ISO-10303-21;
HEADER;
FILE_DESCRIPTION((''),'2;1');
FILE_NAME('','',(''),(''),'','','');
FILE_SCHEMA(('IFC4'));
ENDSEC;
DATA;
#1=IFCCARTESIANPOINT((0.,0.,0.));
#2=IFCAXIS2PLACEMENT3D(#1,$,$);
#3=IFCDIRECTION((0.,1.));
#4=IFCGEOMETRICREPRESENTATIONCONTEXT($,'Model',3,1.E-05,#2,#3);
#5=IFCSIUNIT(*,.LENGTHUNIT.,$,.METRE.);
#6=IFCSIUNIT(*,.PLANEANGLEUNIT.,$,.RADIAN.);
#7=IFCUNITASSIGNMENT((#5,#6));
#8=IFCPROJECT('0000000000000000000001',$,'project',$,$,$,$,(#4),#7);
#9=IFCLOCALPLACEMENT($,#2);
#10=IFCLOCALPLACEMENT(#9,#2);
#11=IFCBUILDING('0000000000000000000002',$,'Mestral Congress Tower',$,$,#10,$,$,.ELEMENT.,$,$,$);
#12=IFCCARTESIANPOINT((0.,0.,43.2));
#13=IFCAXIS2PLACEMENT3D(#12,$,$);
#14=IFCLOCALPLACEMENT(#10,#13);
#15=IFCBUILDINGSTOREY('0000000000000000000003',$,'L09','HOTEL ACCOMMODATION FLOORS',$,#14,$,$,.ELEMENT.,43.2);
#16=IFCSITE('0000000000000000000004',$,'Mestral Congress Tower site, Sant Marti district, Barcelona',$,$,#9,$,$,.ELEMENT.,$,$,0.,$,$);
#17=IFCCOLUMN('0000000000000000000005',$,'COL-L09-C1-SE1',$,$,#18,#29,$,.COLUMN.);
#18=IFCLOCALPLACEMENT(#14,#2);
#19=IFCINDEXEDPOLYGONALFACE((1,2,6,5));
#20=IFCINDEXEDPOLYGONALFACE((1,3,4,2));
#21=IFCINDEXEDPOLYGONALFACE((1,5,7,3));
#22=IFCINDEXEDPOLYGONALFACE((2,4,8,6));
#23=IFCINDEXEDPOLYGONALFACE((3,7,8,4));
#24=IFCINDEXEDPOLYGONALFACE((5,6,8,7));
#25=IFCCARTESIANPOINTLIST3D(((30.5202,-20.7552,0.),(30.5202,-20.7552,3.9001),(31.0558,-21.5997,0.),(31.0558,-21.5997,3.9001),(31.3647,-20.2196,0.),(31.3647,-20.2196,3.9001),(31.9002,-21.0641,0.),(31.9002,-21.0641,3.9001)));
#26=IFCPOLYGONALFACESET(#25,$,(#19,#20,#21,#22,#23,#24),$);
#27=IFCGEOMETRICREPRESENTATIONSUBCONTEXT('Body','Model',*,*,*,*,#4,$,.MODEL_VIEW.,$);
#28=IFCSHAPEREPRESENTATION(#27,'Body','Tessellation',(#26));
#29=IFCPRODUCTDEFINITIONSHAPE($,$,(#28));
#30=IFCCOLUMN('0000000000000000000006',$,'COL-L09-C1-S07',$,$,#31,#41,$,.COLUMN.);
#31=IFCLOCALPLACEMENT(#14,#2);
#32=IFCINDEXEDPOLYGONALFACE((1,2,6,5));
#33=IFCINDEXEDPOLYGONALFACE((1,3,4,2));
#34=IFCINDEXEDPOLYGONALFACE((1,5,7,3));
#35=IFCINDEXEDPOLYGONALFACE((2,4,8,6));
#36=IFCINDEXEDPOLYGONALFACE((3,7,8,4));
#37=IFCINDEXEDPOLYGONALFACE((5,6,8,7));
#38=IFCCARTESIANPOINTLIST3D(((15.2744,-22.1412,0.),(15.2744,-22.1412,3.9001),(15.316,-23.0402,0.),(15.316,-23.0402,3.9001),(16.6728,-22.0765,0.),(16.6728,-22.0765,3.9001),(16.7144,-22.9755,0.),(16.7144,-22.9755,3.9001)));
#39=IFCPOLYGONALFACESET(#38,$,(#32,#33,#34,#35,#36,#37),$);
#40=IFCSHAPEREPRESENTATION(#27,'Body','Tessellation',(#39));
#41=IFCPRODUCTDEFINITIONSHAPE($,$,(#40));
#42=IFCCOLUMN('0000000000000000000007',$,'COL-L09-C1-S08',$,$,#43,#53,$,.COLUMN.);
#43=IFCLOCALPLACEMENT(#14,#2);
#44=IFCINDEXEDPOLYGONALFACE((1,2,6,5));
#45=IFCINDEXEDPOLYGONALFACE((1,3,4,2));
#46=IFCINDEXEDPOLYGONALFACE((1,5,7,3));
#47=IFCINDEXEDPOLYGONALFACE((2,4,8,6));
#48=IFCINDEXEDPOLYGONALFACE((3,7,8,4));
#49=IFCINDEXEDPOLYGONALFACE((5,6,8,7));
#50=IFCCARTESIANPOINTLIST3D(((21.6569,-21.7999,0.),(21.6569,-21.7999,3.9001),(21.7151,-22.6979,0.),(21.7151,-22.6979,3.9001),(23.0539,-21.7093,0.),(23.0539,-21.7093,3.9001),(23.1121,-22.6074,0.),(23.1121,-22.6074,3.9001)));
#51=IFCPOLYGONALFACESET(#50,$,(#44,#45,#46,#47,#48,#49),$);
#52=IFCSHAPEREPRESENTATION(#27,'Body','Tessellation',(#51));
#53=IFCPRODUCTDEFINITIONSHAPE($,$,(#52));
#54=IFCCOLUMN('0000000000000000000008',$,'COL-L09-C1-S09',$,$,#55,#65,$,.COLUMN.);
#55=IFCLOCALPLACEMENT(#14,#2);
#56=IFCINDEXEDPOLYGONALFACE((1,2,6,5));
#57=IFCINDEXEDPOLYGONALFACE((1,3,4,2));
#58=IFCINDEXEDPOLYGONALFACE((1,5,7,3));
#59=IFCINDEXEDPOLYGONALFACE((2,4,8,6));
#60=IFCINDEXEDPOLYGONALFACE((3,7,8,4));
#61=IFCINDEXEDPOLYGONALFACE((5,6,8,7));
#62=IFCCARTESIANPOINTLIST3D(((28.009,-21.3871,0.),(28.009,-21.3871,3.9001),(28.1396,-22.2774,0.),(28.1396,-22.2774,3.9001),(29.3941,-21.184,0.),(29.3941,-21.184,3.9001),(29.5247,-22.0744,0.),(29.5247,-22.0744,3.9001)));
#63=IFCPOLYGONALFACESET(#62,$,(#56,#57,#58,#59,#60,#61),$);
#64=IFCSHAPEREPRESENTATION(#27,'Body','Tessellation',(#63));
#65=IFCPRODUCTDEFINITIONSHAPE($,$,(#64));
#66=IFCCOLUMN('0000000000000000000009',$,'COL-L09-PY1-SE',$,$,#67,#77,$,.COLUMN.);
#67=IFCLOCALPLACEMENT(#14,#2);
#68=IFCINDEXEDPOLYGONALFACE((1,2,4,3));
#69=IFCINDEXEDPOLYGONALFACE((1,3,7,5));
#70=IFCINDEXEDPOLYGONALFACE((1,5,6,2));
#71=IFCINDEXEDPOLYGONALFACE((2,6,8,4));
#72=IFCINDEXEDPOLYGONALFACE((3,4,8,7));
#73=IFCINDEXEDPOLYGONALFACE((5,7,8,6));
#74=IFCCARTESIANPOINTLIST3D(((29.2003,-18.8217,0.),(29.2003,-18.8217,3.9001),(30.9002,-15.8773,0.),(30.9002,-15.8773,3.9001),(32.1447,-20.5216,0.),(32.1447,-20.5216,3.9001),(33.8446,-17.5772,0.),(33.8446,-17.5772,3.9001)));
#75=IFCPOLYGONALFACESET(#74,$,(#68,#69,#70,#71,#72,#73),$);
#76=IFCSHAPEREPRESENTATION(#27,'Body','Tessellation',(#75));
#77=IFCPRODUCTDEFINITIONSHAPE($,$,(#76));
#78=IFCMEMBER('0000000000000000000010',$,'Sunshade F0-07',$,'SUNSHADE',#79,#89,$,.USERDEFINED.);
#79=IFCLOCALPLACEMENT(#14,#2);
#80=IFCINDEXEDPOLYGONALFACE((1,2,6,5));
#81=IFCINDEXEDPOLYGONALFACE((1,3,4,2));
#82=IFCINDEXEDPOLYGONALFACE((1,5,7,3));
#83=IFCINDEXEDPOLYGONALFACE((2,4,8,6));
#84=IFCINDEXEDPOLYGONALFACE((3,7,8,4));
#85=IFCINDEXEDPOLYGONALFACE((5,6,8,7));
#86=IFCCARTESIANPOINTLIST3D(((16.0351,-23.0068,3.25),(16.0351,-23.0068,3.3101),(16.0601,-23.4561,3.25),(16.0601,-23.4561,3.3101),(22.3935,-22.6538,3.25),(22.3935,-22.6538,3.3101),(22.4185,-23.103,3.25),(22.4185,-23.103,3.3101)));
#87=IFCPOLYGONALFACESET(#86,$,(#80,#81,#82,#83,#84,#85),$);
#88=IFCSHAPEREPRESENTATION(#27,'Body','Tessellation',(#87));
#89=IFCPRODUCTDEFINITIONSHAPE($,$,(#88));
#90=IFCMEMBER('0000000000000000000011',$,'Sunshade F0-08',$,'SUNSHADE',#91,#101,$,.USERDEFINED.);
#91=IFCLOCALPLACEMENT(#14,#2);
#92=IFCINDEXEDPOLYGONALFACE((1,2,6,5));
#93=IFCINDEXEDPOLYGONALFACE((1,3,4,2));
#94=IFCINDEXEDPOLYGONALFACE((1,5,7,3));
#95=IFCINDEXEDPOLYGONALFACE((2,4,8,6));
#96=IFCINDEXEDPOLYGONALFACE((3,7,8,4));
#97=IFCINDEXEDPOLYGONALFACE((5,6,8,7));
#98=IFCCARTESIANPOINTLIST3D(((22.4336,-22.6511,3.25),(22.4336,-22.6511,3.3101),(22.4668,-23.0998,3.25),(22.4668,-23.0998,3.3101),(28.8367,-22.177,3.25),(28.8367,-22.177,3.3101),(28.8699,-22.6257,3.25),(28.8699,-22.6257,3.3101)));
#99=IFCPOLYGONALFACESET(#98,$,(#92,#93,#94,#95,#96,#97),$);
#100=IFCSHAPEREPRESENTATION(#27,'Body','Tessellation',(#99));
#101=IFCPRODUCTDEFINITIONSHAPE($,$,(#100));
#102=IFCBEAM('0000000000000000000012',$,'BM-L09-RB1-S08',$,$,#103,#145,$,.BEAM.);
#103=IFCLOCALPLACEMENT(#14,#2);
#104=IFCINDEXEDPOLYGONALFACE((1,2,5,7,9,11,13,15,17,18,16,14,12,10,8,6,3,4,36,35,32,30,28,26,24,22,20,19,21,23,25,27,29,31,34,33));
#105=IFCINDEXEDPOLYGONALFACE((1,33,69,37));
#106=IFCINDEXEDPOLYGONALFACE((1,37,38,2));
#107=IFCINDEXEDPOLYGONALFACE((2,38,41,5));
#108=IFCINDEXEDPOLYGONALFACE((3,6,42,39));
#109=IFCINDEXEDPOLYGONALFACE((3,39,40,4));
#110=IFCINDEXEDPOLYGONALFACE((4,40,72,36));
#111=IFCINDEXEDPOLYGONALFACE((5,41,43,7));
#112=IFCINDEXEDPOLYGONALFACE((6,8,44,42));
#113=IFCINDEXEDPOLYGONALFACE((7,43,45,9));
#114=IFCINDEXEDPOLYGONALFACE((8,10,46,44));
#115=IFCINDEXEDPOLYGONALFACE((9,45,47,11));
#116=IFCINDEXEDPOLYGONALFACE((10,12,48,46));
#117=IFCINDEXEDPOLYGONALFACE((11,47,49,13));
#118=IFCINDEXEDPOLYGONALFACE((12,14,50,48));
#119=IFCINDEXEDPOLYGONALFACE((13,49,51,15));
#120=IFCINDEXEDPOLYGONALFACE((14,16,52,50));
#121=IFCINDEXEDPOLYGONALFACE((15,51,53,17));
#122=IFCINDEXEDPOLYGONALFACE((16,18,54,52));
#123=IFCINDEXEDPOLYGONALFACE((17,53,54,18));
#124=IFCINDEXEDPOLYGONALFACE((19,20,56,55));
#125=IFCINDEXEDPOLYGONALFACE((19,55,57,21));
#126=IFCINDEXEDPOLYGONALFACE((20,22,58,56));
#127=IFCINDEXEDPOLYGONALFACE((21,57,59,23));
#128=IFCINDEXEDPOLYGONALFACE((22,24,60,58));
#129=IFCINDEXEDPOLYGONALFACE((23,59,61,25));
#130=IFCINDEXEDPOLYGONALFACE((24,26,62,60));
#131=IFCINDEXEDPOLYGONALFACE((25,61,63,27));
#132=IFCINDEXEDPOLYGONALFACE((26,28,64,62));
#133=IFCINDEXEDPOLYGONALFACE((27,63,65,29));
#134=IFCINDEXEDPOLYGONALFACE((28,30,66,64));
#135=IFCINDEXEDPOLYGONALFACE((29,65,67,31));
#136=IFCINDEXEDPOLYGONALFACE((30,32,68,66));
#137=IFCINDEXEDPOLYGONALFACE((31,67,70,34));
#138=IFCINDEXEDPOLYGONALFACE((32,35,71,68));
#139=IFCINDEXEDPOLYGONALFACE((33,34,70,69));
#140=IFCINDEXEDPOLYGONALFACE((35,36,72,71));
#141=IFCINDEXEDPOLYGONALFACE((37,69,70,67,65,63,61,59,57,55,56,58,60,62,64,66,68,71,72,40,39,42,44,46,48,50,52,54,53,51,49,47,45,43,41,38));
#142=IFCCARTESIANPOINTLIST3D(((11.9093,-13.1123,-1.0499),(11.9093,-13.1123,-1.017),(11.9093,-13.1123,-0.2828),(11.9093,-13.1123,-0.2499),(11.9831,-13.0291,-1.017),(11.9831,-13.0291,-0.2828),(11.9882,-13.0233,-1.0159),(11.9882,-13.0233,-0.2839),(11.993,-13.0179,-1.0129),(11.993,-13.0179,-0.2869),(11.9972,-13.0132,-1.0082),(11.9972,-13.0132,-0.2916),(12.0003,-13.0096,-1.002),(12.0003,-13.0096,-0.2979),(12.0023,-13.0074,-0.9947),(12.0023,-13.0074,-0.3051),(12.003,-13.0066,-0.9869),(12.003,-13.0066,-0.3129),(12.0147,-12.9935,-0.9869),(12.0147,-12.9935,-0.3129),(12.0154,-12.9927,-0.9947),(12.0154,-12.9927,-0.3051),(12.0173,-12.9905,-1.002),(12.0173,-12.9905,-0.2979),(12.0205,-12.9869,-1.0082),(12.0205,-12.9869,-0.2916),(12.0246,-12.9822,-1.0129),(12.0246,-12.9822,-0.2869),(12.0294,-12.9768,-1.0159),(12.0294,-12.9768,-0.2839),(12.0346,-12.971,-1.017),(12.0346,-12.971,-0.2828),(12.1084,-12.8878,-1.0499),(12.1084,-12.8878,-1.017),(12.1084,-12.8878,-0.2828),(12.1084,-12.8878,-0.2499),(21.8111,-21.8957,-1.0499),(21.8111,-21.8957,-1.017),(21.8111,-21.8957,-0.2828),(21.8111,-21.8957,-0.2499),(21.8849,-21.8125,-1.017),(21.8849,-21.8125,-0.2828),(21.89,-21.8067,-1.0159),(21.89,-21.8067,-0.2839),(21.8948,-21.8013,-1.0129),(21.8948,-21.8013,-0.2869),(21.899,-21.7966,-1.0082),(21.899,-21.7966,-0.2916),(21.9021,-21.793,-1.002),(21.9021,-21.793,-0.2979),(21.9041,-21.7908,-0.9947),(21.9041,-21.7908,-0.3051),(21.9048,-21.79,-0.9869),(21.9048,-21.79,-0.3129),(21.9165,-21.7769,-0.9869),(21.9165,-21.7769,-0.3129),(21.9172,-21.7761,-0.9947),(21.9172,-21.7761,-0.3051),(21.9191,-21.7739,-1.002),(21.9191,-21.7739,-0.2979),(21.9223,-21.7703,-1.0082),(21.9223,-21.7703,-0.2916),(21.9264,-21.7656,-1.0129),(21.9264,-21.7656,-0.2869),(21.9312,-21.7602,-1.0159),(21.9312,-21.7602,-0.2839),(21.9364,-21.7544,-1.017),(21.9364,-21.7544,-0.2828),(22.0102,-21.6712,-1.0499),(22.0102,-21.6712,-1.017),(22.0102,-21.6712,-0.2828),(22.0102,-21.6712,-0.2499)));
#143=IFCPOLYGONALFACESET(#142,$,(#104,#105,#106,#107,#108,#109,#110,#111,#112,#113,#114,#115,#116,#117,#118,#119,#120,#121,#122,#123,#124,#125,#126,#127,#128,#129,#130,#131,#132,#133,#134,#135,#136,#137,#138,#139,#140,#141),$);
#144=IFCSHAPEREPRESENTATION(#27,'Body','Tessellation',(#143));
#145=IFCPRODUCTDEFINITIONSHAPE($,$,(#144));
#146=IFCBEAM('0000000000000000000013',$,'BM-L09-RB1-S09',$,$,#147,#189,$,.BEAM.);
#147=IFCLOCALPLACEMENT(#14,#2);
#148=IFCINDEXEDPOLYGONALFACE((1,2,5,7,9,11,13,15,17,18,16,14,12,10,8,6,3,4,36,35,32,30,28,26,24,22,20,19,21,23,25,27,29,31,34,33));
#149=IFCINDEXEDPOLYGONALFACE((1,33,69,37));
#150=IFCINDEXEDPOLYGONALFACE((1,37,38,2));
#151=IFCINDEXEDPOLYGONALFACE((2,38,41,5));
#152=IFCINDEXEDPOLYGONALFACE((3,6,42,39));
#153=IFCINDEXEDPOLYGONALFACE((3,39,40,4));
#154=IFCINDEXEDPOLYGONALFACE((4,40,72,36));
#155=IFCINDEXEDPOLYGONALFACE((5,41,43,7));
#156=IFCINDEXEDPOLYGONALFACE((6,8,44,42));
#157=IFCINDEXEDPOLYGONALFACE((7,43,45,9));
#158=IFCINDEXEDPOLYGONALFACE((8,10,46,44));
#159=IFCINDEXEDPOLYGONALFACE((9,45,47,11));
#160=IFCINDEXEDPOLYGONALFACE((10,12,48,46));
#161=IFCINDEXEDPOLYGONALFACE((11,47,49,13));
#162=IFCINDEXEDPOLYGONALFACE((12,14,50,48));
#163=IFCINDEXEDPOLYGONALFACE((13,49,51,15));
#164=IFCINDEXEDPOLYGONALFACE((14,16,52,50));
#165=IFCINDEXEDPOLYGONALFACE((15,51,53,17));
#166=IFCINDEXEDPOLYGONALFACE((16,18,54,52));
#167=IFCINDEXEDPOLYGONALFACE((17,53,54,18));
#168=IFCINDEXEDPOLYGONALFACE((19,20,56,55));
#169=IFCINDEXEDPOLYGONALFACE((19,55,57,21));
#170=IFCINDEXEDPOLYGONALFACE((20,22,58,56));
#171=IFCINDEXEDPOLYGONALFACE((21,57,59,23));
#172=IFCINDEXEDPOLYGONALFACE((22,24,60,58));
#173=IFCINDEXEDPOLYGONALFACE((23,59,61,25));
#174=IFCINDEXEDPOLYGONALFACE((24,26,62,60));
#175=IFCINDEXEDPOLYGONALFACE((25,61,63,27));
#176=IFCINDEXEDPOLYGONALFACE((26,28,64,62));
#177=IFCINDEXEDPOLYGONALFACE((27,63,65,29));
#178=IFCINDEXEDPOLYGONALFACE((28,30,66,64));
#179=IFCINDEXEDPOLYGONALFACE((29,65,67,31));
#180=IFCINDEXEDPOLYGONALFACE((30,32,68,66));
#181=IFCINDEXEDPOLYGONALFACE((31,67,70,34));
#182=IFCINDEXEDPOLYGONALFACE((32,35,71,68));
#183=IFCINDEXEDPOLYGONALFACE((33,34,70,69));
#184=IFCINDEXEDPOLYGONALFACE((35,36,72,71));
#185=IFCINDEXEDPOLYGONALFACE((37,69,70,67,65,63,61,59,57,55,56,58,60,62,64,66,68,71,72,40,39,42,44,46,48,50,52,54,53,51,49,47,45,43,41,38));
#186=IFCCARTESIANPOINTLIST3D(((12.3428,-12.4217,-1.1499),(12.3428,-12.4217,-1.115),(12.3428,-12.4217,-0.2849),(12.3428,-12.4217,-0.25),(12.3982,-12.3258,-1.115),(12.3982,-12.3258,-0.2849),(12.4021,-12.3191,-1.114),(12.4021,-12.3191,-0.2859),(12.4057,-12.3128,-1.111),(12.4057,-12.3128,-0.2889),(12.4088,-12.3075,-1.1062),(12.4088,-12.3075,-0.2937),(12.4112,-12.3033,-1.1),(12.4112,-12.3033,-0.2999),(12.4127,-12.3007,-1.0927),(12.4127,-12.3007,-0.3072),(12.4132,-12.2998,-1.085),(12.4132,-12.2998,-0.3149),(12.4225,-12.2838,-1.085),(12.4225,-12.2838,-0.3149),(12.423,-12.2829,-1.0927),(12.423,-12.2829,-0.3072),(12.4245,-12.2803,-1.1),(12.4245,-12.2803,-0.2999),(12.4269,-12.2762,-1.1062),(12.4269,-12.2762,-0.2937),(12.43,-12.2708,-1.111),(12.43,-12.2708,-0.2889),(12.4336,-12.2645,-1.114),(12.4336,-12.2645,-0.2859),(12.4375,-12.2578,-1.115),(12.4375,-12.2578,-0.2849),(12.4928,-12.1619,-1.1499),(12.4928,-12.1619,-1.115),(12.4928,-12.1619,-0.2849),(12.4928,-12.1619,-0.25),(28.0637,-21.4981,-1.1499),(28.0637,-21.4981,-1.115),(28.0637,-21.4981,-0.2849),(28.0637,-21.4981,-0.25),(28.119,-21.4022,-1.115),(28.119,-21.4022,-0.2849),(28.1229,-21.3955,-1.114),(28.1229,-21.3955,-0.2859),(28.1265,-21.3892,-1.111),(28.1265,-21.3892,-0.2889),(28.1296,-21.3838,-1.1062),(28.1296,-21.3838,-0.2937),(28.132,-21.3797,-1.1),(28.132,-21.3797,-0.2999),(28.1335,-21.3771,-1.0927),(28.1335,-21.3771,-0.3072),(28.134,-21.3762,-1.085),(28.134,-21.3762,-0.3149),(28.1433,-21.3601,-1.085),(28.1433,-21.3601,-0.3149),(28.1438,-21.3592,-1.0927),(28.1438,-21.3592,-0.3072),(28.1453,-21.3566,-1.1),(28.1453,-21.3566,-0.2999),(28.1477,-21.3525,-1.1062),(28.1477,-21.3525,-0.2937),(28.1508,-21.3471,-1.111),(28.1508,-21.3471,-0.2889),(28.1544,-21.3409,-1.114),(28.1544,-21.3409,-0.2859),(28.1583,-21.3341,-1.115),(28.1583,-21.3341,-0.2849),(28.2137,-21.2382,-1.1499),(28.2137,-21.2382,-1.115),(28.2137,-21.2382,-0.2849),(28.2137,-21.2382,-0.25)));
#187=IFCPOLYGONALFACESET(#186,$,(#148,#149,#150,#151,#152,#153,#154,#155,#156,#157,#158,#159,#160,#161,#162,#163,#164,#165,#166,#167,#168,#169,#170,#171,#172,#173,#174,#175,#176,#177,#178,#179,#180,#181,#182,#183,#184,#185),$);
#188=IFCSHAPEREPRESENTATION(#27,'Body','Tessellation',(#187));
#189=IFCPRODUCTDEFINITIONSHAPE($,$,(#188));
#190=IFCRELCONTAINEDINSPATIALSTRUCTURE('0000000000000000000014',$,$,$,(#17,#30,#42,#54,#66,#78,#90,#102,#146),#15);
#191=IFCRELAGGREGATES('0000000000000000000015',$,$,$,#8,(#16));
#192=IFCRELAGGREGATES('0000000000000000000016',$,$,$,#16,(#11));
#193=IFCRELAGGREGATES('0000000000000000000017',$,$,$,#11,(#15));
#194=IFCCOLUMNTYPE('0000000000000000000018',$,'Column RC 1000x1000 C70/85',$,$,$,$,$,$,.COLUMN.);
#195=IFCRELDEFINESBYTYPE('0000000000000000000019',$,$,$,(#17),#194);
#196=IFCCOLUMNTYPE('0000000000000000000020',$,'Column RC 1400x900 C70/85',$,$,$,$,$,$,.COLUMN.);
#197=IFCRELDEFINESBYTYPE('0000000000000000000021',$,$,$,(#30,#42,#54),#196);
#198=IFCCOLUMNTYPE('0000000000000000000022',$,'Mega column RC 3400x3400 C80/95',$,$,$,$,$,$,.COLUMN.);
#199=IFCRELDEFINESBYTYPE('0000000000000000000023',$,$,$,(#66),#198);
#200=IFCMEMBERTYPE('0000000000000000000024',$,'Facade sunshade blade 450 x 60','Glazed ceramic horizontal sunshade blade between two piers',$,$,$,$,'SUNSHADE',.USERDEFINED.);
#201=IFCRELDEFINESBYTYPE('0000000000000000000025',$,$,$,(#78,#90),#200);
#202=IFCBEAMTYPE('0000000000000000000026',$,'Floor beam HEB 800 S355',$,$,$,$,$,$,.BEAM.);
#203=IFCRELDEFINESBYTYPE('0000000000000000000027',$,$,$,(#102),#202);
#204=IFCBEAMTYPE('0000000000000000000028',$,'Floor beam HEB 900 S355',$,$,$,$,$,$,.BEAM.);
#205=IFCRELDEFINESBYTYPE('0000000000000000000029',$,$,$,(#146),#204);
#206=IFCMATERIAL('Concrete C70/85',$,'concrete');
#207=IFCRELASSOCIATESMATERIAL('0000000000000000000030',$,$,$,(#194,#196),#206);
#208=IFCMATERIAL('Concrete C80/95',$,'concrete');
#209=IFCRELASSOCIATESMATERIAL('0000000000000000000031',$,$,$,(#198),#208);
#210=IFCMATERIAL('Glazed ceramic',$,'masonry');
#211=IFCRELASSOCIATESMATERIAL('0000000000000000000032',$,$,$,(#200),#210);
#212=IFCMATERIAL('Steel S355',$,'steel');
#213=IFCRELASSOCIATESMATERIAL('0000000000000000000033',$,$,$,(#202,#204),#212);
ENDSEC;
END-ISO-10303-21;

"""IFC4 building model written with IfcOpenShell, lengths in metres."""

from ifc_helpers import new_model, si_unit, direction, frame, origin, origin_2d, place, context, subcontext, project, spatial, rectangle, i_section, extrude, material, material_profile, profile_set, type_object, element, save


model = new_model("IFC4")

# Units and contexts
model_context = context("Model", 3, precision=1e-05, world=origin(), true_north=direction((0.0, 1.0)))
body_context = subcontext(model_context, "Body", "Model", "MODEL_VIEW")
ifc_project = project(units=[si_unit("LENGTHUNIT", "METRE"), si_unit("PLANEANGLEUNIT", "RADIAN")], contexts=[model_context])

# Site, building, storey
site_placement = place(None, origin())
site = spatial("IfcSite", under=ifc_project, at=site_placement, Name="Mestral Congress Tower site, Sant Marti district, Barcelona", CompositionType="ELEMENT", RefElevation=0.0)
building_placement = place(site_placement, origin())
building = spatial("IfcBuilding", under=site, at=building_placement, Name="Mestral Congress Tower", CompositionType="ELEMENT")
storey_placement = place(building_placement, frame((0.0, 0.0, 43.2)))
storey = spatial("IfcBuildingStorey", under=building, at=storey_placement, Name="L09", Description="HOTEL ACCOMMODATION FLOORS", CompositionType="ELEMENT", Elevation=43.2)

# Columns
ifc_material_1 = material(Name="Concrete C70/85", Category="concrete")
ifc_material_profile_1 = material_profile(ifc_material_1, rectangle(XDim=1.0, YDim=1.0, at=origin_2d()), Name="RC 1000x1000")
ifc_profile_set_1 = profile_set([ifc_material_profile_1], Name="Concrete C70/85")
column_type_1 = type_object("IfcColumnType", Name="Column RC 1000x1000 C70/85", PredefinedType="COLUMN", material=ifc_profile_set_1)
column_1_placement = place(storey_placement, frame((31.2102, -20.9097, 0.0), z_axis=(0.0, 0.0, 1.0), x_axis=(0.844485, 0.535579, 0.0)))
element("IfcColumn", 1, at=column_1_placement, inside=storey, type_object=column_type_1, Name="COL-L09-C1-SE1", PredefinedType="COLUMN", context=body_context, shape_type="SweptSolid", body=[
    extrude(rectangle(XDim=1.0, YDim=1.0, at=origin_2d()), origin(), (0.0, 0.0, 1.0), 3.9001),
])
ifc_material_profile_2 = material_profile(ifc_material_1, rectangle(XDim=1.3999, YDim=0.8999, at=origin_2d()), Name="RC 1400x900")
ifc_profile_set_2 = profile_set([ifc_material_profile_2], Name="Concrete C70/85")
column_type_2 = type_object("IfcColumnType", Name="Column RC 1400x900 C70/85", PredefinedType="COLUMN", material=ifc_profile_set_2)
for number, where, z_axis, x_axis, name in (
    (2, (15.9944, -22.5583, 0.0), (0.0, 0.0, 1.0), (0.998932, 0.0462, 0.0), "COL-L09-C1-S07"),
    (3, (22.3845, -22.2036, 0.0), (0.0, 0.0, 1.0), (0.997908, 0.064658, 0.0), "COL-L09-C1-S08"),
    (4, (28.7668, -21.7307, 0.0), (0.0, 0.0, 1.0), (0.989424, 0.145056, 0.0), "COL-L09-C1-S09"),
):
    element("IfcColumn", number, at=place(storey_placement, frame(where, z_axis=z_axis, x_axis=x_axis)), inside=storey, type_object=column_type_2, Name=name, PredefinedType="COLUMN", context=body_context, shape_type="SweptSolid", body=[
        extrude(rectangle(XDim=1.3999, YDim=0.8999, at=origin_2d()), origin(), (0.0, 0.0, 1.0), 3.9001),
    ])
ifc_material_2 = material(Name="Concrete C80/95", Category="concrete")
ifc_material_profile_3 = material_profile(ifc_material_2, rectangle(XDim=3.3999, YDim=3.3999, at=origin_2d()), Name="RC 3400x3400")
ifc_profile_set_3 = profile_set([ifc_material_profile_3], Name="Concrete C80/95")
column_type_3 = type_object("IfcColumnType", Name="Mega column RC 3400x3400 C80/95", PredefinedType="COLUMN", material=ifc_profile_set_3)
column_2_placement = place(storey_placement, frame((31.5225, -18.1995, 0.0), z_axis=(0.0, 0.0, 1.0), x_axis=(0.866025, -0.5, 0.0)))
element("IfcColumn", 5, at=column_2_placement, inside=storey, type_object=column_type_3, Name="COL-L09-PY1-SE", PredefinedType="COLUMN", context=body_context, shape_type="SweptSolid", body=[
    extrude(rectangle(XDim=3.3999, YDim=3.3999, at=origin_2d()), origin(), (0.0, 0.0, 1.0), 3.9001),
])

# Members
ifc_material_3 = material(Name="Glazed ceramic", Category="masonry")
ifc_material_profile_4 = material_profile(ifc_material_3, rectangle(XDim=0.45, YDim=0.0601, at=origin_2d()), Name="Ceramic blade 450 x 60")
ifc_profile_set_4 = profile_set([ifc_material_profile_4], Name="Glazed ceramic")
member_type = type_object("IfcMemberType", Name="Facade sunshade blade 450 x 60", Description="Glazed ceramic horizontal sunshade blade between two piers", ElementType="SUNSHADE", PredefinedType="USERDEFINED", material=ifc_profile_set_4)
member_1_placement = place(storey_placement, frame((16.0476, -23.2314, 3.28), z_axis=(0.998462, 0.055436, 0.0), x_axis=(-0.055436, 0.998462, 0.0)))
element("IfcMember", 6, at=member_1_placement, inside=storey, type_object=member_type, Name="Sunshade F0-07", ObjectType="SUNSHADE", PredefinedType="USERDEFINED", context=body_context, shape_type="SweptSolid", body=[
    extrude(rectangle(XDim=0.45, YDim=0.0601, at=origin_2d()), origin(), (0.0, 0.0, 1.0), 6.3682),
])
member_2_placement = place(storey_placement, frame((22.4502, -22.8755, 3.28), z_axis=(0.99727, 0.073844, 0.0), x_axis=(-0.073844, 0.99727, 0.0)))
element("IfcMember", 7, at=member_2_placement, inside=storey, type_object=member_type, Name="Sunshade F0-08", ObjectType="SUNSHADE", PredefinedType="USERDEFINED", context=body_context, shape_type="SweptSolid", body=[
    extrude(rectangle(XDim=0.45, YDim=0.0601, at=origin_2d()), origin(), (0.0, 0.0, 1.0), 6.4207),
])

# Beams
ifc_material_4 = material(Name="Steel S355", Category="steel")
ifc_material_profile_5 = material_profile(ifc_material_4, i_section(OverallWidth=0.3, OverallDepth=0.8, WebThickness=0.0176, FlangeThickness=0.033, FilletRadius=0.03, at=origin_2d()), Name="HEB 800")
ifc_profile_set_5 = profile_set([ifc_material_profile_5], Name="Steel S355")
beam_type_1 = type_object("IfcBeamType", Name="Floor beam HEB 800 S355", PredefinedType="BEAM", material=ifc_profile_set_5)
beam_1_placement = place(storey_placement, frame((21.9106, -21.7834, -0.6499), z_axis=(-0.748092, 0.663595, 0.0), x_axis=(-0.663595, -0.748092, 0.0)))
element("IfcBeam", 8, at=beam_1_placement, inside=storey, type_object=beam_type_1, Name="BM-L09-RB1-S08", PredefinedType="BEAM", context=body_context, shape_type="SweptSolid", body=[
    extrude(i_section(OverallWidth=0.3, OverallDepth=0.8, WebThickness=0.0176, FlangeThickness=0.033, FilletRadius=0.03, at=origin_2d()), origin(), (0.0, 0.0, 1.0), 13.2361),
])
ifc_material_profile_6 = material_profile(ifc_material_4, i_section(OverallWidth=0.3, OverallDepth=0.8999, WebThickness=0.0186, FlangeThickness=0.0349, FilletRadius=0.03, at=origin_2d()), Name="HEB 900")
ifc_profile_set_6 = profile_set([ifc_material_profile_6], Name="Steel S355")
beam_type_2 = type_object("IfcBeamType", Name="Floor beam HEB 900 S355", PredefinedType="BEAM", material=ifc_profile_set_6)
beam_2_placement = place(storey_placement, frame((28.1387, -21.3682, -0.7), z_axis=(-0.866027, 0.499997, 0.0), x_axis=(-0.499997, -0.866027, 0.0)))
element("IfcBeam", 9, at=beam_2_placement, inside=storey, type_object=beam_type_2, Name="BM-L09-RB1-S09", PredefinedType="BEAM", context=body_context, shape_type="SweptSolid", body=[
    extrude(i_section(OverallWidth=0.3, OverallDepth=0.8999, WebThickness=0.0186, FlangeThickness=0.0349, FilletRadius=0.03, at=origin_2d()), origin(), (0.0, 0.0, 1.0), 18.1528),
])

save(model, "model.ifc")
